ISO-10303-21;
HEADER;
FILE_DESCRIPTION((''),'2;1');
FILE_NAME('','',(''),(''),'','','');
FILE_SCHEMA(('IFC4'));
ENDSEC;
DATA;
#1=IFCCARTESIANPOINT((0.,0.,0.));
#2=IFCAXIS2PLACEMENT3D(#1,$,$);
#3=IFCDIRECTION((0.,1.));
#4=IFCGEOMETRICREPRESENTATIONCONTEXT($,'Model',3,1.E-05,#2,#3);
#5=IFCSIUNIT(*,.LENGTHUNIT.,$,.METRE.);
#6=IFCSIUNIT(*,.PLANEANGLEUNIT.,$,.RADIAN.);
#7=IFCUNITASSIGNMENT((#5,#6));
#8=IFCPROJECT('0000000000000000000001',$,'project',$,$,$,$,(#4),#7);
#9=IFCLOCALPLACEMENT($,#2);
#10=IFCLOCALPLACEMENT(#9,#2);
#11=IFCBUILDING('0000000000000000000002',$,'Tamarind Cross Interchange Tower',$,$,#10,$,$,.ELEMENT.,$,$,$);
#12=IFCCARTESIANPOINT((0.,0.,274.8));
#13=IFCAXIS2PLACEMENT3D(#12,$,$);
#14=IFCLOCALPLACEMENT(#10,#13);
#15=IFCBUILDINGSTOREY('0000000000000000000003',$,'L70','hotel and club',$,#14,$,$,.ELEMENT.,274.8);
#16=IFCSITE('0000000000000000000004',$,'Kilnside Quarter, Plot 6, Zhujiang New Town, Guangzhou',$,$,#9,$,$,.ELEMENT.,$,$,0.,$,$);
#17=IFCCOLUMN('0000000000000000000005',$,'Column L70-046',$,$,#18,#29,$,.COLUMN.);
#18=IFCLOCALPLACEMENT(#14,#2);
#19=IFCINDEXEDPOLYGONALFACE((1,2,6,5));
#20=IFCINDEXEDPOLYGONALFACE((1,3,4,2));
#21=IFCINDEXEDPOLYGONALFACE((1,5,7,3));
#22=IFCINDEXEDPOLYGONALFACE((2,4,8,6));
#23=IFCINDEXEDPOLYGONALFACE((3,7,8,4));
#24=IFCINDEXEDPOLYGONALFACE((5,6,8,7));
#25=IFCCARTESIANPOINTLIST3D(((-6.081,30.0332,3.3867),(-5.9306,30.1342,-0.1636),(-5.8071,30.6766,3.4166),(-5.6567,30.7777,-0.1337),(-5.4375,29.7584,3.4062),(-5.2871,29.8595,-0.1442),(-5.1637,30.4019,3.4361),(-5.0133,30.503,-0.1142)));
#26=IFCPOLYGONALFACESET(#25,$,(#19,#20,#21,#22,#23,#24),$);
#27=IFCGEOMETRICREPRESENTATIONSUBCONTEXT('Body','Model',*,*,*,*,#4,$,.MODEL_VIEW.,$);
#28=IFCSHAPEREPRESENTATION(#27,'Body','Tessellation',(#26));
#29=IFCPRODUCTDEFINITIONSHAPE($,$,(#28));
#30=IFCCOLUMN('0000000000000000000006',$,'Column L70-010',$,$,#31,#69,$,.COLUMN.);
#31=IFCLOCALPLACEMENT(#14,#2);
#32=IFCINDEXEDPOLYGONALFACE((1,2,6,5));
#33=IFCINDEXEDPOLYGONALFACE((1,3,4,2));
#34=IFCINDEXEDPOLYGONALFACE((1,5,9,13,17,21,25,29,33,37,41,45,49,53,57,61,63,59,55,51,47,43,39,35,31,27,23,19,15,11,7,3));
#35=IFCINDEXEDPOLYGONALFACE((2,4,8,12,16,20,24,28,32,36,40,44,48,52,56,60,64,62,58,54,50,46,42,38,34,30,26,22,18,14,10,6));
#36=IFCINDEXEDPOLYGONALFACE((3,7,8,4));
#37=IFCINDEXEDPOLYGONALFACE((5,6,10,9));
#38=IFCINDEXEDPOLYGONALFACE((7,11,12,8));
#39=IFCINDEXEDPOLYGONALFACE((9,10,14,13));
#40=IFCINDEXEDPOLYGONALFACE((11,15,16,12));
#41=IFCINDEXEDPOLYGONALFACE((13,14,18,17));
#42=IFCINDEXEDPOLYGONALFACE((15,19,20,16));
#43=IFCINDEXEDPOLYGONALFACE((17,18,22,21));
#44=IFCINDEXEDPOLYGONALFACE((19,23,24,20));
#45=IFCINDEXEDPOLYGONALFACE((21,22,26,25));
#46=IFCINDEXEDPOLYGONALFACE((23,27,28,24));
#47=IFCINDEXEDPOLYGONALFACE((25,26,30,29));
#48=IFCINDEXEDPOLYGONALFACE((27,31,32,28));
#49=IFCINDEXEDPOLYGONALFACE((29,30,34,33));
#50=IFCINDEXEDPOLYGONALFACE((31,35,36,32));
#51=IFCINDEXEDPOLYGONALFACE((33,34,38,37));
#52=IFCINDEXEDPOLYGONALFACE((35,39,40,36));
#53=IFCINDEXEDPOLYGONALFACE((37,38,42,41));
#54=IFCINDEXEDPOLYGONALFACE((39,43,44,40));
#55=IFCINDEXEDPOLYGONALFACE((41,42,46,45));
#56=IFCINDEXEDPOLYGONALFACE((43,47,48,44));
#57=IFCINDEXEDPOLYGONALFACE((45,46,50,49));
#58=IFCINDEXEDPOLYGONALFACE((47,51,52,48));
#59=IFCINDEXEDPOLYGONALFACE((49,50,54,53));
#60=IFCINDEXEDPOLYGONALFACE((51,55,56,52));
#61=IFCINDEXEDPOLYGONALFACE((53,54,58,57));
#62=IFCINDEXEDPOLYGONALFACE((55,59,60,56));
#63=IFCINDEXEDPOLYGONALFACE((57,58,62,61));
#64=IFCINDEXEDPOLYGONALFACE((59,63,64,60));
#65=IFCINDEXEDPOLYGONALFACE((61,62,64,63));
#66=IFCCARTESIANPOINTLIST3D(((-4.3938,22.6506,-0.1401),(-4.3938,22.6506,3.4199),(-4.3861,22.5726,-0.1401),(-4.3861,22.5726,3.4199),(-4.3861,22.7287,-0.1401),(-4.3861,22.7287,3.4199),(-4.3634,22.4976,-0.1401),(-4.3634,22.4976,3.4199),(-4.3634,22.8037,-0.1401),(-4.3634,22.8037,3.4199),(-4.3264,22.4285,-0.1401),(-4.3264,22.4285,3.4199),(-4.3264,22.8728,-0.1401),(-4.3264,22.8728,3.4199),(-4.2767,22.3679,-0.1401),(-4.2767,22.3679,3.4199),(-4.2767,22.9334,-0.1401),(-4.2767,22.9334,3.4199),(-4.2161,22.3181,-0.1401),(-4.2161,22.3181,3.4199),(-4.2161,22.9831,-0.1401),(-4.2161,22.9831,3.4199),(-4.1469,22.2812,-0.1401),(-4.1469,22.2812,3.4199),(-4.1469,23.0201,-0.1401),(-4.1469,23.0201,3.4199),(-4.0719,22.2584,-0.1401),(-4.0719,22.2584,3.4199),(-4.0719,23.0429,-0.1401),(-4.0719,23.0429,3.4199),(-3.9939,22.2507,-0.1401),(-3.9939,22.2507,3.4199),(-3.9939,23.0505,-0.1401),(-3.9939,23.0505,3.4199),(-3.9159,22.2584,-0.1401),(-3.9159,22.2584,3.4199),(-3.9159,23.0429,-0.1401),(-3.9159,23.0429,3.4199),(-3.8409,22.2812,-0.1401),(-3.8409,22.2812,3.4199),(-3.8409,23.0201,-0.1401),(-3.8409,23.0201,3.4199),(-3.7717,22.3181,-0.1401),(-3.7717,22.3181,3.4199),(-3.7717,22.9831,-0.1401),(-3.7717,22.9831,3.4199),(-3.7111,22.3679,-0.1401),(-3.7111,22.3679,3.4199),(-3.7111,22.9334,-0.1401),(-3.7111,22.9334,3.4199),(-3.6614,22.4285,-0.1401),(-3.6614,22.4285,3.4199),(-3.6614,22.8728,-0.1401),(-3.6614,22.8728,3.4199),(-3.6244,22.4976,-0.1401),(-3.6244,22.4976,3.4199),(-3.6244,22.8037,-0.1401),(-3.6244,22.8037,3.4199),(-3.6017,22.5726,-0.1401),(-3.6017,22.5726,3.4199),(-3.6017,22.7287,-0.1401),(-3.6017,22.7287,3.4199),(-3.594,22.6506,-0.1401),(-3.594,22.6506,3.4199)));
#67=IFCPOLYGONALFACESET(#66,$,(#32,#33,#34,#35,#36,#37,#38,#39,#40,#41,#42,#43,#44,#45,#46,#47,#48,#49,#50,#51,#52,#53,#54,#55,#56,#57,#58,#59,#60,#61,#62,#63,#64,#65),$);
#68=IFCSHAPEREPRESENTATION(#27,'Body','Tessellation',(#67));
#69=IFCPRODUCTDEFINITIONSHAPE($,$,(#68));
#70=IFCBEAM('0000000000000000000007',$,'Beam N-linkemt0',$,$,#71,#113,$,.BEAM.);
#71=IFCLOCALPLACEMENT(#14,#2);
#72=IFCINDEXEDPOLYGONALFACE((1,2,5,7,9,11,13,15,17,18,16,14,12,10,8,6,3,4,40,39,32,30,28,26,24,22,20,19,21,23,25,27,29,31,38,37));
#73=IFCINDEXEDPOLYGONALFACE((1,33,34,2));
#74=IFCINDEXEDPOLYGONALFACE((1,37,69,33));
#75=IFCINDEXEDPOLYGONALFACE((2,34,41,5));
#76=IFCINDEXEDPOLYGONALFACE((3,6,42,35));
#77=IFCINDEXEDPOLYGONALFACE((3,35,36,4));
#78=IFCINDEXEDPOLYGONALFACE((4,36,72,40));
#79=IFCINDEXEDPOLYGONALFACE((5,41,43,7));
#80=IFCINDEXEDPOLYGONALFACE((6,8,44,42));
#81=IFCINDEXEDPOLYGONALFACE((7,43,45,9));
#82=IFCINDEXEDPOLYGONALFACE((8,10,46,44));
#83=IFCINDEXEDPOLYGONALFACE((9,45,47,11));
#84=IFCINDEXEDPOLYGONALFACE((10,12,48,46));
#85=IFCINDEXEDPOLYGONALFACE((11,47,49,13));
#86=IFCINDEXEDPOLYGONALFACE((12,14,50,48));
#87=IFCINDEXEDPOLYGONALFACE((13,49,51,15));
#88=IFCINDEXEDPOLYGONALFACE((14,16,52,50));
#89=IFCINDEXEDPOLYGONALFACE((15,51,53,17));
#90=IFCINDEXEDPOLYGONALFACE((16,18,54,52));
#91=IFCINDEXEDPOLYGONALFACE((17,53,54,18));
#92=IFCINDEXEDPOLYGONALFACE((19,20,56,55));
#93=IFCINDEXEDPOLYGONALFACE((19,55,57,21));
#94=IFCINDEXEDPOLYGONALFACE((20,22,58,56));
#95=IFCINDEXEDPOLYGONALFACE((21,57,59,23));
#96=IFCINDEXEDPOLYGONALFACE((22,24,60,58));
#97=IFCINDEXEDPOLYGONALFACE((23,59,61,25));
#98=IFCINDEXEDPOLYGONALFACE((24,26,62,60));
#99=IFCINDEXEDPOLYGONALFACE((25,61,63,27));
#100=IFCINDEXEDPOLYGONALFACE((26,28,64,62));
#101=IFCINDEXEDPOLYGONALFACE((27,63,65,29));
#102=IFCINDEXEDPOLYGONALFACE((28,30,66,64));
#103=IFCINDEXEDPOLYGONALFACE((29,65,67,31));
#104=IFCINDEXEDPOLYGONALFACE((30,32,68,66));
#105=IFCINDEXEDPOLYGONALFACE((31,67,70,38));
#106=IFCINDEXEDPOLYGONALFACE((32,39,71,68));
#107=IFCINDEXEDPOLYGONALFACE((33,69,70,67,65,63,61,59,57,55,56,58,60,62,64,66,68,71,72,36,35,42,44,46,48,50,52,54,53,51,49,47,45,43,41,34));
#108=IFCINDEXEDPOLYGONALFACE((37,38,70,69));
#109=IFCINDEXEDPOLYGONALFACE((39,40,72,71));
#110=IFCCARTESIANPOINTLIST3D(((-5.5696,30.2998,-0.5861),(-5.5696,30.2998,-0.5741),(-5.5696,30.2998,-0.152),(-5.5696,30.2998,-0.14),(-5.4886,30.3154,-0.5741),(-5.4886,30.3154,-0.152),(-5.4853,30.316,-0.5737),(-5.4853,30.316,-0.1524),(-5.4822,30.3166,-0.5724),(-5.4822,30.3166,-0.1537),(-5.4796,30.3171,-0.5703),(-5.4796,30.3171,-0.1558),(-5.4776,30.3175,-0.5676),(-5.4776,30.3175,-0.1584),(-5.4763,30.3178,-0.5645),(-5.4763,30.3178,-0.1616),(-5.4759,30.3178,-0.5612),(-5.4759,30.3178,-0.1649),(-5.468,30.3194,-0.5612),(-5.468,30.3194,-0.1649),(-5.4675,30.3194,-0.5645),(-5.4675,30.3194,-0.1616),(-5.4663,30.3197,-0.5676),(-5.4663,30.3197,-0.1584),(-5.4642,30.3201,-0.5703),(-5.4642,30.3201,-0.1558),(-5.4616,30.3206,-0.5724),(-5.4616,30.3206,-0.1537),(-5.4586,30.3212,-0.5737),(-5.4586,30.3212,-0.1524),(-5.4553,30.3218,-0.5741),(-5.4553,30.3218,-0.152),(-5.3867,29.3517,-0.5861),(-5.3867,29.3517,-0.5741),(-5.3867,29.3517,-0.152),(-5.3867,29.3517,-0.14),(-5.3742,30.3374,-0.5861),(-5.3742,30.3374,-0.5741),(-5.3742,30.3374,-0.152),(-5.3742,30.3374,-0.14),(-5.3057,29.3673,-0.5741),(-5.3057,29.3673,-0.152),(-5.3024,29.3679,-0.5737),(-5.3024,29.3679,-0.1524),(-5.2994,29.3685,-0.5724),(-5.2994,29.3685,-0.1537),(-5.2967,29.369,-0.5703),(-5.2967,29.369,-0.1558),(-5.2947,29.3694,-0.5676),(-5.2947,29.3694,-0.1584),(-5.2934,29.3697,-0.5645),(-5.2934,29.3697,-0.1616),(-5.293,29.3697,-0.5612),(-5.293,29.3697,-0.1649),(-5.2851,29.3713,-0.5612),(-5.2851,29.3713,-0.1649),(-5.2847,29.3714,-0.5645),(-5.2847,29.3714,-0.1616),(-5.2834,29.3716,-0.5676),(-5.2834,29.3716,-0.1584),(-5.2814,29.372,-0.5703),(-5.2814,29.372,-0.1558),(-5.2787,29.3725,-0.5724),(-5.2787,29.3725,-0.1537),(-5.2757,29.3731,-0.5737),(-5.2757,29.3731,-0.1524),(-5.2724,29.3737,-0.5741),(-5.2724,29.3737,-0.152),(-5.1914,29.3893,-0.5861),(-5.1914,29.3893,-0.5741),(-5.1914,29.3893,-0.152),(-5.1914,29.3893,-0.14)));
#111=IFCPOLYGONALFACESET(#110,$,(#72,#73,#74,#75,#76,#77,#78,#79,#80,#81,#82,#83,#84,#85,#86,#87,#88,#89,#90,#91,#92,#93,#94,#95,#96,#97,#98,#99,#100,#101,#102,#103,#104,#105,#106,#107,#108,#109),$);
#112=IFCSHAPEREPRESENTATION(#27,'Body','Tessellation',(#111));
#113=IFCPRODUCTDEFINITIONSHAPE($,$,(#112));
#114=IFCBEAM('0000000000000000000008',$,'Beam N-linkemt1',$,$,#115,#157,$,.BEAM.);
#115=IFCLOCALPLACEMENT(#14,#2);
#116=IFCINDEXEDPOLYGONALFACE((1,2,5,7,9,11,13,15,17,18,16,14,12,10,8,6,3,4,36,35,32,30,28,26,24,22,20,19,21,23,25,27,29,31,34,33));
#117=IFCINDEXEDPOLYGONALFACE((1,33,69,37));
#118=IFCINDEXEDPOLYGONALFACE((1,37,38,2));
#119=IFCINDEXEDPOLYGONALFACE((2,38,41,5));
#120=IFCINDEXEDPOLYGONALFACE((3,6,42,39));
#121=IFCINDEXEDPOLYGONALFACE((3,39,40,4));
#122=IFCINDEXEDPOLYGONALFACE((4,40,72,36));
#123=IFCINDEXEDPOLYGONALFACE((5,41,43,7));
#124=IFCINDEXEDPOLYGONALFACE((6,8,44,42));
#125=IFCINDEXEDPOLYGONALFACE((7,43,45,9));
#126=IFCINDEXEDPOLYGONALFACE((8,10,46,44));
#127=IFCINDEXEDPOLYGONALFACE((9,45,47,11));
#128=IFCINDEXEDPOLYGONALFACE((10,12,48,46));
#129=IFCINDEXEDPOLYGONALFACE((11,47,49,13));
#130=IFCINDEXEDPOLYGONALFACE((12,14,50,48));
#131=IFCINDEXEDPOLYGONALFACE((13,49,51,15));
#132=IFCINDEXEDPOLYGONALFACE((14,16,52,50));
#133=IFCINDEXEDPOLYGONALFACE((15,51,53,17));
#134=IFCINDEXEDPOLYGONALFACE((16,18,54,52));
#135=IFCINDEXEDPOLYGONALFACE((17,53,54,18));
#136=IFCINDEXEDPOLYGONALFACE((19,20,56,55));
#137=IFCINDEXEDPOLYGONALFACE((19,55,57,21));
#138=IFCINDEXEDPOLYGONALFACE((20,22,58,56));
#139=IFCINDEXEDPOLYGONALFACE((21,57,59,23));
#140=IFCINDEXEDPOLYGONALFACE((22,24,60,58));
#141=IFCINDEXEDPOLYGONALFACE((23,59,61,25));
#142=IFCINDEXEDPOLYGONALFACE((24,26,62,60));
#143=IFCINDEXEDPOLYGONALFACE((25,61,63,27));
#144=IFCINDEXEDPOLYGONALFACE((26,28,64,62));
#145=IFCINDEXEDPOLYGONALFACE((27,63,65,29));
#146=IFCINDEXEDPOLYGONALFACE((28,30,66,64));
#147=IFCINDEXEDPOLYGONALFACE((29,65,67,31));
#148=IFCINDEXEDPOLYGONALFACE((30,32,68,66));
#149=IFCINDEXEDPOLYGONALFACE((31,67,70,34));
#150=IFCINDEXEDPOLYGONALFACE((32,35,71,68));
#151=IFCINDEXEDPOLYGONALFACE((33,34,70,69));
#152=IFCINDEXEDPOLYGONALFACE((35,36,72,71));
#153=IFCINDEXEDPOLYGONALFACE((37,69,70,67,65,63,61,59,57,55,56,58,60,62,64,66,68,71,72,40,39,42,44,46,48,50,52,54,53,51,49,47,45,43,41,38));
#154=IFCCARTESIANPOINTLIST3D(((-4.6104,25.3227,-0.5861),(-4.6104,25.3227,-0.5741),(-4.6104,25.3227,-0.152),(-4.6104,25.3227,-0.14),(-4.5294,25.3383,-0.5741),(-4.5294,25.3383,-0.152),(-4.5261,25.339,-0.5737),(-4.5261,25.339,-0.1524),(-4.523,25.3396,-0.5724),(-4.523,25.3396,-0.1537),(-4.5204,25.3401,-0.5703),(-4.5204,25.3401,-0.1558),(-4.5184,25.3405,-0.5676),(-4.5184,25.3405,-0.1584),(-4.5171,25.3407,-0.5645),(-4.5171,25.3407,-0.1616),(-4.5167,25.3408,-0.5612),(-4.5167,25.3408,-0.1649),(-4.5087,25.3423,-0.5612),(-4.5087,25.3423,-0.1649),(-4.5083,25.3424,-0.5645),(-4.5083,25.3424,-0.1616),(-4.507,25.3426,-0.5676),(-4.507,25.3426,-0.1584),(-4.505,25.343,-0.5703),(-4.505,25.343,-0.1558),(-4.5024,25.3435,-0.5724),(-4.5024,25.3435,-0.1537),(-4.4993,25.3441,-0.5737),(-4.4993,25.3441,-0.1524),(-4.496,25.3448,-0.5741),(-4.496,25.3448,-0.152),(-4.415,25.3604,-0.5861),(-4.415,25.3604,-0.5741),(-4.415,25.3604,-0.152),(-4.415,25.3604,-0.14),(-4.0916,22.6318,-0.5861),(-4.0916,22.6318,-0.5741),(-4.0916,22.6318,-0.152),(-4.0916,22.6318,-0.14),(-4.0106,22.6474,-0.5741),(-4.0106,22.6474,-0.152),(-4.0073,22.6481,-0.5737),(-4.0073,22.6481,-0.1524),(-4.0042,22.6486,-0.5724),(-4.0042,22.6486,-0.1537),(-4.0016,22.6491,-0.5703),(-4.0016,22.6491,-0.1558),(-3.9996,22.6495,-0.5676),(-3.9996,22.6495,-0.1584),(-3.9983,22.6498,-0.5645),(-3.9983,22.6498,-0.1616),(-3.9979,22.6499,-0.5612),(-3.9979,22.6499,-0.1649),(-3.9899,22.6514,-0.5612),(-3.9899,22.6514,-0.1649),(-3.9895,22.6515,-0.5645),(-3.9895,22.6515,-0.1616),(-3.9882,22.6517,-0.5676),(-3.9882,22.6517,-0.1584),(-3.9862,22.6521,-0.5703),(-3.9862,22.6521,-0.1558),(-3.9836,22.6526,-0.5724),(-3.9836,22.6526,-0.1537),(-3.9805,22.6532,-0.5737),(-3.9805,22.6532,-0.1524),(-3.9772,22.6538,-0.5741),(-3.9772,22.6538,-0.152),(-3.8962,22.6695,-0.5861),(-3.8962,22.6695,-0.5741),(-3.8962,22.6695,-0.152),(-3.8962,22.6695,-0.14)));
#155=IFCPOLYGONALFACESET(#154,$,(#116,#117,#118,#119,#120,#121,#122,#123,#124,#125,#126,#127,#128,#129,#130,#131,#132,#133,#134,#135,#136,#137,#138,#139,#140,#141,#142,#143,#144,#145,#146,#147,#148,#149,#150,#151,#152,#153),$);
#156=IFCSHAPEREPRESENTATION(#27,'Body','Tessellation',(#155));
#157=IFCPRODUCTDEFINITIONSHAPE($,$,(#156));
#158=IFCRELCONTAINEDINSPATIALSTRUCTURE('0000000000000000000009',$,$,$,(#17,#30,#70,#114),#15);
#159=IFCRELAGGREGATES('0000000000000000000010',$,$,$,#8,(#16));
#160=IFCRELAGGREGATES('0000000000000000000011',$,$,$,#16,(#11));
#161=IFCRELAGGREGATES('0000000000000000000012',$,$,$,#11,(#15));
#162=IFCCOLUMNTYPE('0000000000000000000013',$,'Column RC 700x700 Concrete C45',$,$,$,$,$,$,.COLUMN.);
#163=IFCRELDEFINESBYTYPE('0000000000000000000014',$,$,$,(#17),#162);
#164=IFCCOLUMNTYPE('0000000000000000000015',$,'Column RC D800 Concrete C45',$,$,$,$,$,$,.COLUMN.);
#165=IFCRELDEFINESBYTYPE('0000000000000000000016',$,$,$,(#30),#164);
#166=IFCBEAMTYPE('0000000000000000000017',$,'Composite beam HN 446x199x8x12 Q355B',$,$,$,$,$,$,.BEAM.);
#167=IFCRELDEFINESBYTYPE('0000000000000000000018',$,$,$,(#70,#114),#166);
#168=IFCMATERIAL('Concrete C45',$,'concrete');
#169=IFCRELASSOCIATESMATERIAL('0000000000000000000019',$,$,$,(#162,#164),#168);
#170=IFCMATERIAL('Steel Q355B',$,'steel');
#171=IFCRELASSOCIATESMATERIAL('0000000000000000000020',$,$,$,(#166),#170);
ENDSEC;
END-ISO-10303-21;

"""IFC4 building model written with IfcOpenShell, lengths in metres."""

from ifc_helpers import new_model, si_unit, direction, frame, origin, origin_2d, place, context, subcontext, project, spatial, rectangle, circle, i_section, extrude, material, material_profile, profile_set, type_object, element, save


model = new_model("IFC4")

# Units and contexts
model_context = context("Model", 3, precision=1e-05, world=origin(), true_north=direction((0.0, 1.0)))
body_context = subcontext(model_context, "Body", "Model", "MODEL_VIEW")
ifc_project = project(units=[si_unit("LENGTHUNIT", "METRE"), si_unit("PLANEANGLEUNIT", "RADIAN")], contexts=[model_context])

# Site, building, storey
site_placement = place(None, origin())
site = spatial("IfcSite", under=ifc_project, at=site_placement, Name="Kilnside Quarter, Plot 6, Zhujiang New Town, Guangzhou", CompositionType="ELEMENT", RefElevation=0.0)
building_placement = place(site_placement, origin())
building = spatial("IfcBuilding", under=site, at=building_placement, Name="Tamarind Cross Interchange Tower", CompositionType="ELEMENT")
storey_placement = place(building_placement, frame((0.0, 0.0, 274.8)))
storey = spatial("IfcBuildingStorey", under=building, at=storey_placement, Name="L70", Description="hotel and club", CompositionType="ELEMENT", Elevation=274.8)

# Columns
ifc_material_1 = material(Name="Concrete C45", Category="concrete")
ifc_material_profile_1 = material_profile(ifc_material_1, rectangle(XDim=0.7, YDim=0.7, at=origin_2d()), Name="RC 700x700")
ifc_profile_set_1 = profile_set([ifc_material_profile_1], Name="Concrete C45")
column_type_1 = type_object("IfcColumnType", Name="Column RC 700x700 Concrete C45", PredefinedType="COLUMN", material=ifc_profile_set_1)
column_1_placement = place(storey_placement, frame((-5.4719, 30.3186, -0.1389), z_axis=(-0.042305, -0.028432, 0.9987), x_axis=(0.919318, -0.392536, 0.027767)))
element("IfcColumn", 1, at=column_1_placement, inside=storey, type_object=column_type_1, Name="Column L70-046", PredefinedType="COLUMN", context=body_context, shape_type="SweptSolid", body=[
    extrude(rectangle(XDim=0.7, YDim=0.7, at=origin_2d()), origin(), (0.0, 0.0, 1.0), 3.5549),
])
ifc_material_profile_2 = material_profile(ifc_material_1, circle(Radius=0.3999, at=origin_2d()), Name="RC D800")
ifc_profile_set_2 = profile_set([ifc_material_profile_2], Name="Concrete C45")
column_type_2 = type_object("IfcColumnType", Name="Column RC D800 Concrete C45", PredefinedType="COLUMN", material=ifc_profile_set_2)
column_2_placement = place(storey_placement, frame((-3.9939, 22.6506, -0.1401), z_axis=(0.0, 0.0, 1.0), x_axis=(1.0, 0.0, 0.0)))
element("IfcColumn", 2, at=column_2_placement, inside=storey, type_object=column_type_2, Name="Column L70-010", PredefinedType="COLUMN", context=body_context, shape_type="SweptSolid", body=[
    extrude(circle(Radius=0.3999, at=origin_2d()), origin(), (0.0, 0.0, 1.0), 3.5601),
])

# Beams
ifc_material_2 = material(Name="Steel Q355B", Category="steel")
ifc_material_profile_3 = material_profile(ifc_material_2, i_section(OverallWidth=0.199, OverallDepth=0.446, WebThickness=0.0081, FlangeThickness=0.012, FilletRadius=0.0129, at=origin_2d()), Name="HN 446x199x8x12")
ifc_profile_set_3 = profile_set([ifc_material_profile_3], Name="Steel Q355B")
beam_type_1 = type_object("IfcBeamType", Name="Composite beam HN 446x199x8x12 Q355B", PredefinedType="BEAM", material=ifc_profile_set_3)
beam_1_placement = place(storey_placement, frame((-5.4719, 30.3186, -0.363), z_axis=(0.189401, -0.9819, 0.0), x_axis=(0.9819, 0.189401, 0.0)))
element("IfcBeam", 3, at=beam_1_placement, inside=storey, type_object=beam_type_1, Name="Beam N-linkemt0", PredefinedType="BEAM", context=body_context, shape_type="SweptSolid", body=[
    extrude(i_section(OverallWidth=0.199, OverallDepth=0.446, WebThickness=0.0081, FlangeThickness=0.012, FilletRadius=0.0129, at=origin_2d()), origin(), (0.0, 0.0, 1.0), 0.9656),
])
beam_2_placement = place(storey_placement, frame((-4.5127, 25.3416, -0.363), z_axis=(0.18931, -0.981917, 0.0), x_axis=(0.981917, 0.18931, 0.0)))
element("IfcBeam", 4, at=beam_2_placement, inside=storey, type_object=beam_type_1, Name="Beam N-linkemt1", PredefinedType="BEAM", context=body_context, shape_type="SweptSolid", body=[
    extrude(i_section(OverallWidth=0.199, OverallDepth=0.446, WebThickness=0.0081, FlangeThickness=0.012, FilletRadius=0.0129, at=origin_2d()), origin(), (0.0, 0.0, 1.0), 2.7405),
])

save(model, "model.ifc")
